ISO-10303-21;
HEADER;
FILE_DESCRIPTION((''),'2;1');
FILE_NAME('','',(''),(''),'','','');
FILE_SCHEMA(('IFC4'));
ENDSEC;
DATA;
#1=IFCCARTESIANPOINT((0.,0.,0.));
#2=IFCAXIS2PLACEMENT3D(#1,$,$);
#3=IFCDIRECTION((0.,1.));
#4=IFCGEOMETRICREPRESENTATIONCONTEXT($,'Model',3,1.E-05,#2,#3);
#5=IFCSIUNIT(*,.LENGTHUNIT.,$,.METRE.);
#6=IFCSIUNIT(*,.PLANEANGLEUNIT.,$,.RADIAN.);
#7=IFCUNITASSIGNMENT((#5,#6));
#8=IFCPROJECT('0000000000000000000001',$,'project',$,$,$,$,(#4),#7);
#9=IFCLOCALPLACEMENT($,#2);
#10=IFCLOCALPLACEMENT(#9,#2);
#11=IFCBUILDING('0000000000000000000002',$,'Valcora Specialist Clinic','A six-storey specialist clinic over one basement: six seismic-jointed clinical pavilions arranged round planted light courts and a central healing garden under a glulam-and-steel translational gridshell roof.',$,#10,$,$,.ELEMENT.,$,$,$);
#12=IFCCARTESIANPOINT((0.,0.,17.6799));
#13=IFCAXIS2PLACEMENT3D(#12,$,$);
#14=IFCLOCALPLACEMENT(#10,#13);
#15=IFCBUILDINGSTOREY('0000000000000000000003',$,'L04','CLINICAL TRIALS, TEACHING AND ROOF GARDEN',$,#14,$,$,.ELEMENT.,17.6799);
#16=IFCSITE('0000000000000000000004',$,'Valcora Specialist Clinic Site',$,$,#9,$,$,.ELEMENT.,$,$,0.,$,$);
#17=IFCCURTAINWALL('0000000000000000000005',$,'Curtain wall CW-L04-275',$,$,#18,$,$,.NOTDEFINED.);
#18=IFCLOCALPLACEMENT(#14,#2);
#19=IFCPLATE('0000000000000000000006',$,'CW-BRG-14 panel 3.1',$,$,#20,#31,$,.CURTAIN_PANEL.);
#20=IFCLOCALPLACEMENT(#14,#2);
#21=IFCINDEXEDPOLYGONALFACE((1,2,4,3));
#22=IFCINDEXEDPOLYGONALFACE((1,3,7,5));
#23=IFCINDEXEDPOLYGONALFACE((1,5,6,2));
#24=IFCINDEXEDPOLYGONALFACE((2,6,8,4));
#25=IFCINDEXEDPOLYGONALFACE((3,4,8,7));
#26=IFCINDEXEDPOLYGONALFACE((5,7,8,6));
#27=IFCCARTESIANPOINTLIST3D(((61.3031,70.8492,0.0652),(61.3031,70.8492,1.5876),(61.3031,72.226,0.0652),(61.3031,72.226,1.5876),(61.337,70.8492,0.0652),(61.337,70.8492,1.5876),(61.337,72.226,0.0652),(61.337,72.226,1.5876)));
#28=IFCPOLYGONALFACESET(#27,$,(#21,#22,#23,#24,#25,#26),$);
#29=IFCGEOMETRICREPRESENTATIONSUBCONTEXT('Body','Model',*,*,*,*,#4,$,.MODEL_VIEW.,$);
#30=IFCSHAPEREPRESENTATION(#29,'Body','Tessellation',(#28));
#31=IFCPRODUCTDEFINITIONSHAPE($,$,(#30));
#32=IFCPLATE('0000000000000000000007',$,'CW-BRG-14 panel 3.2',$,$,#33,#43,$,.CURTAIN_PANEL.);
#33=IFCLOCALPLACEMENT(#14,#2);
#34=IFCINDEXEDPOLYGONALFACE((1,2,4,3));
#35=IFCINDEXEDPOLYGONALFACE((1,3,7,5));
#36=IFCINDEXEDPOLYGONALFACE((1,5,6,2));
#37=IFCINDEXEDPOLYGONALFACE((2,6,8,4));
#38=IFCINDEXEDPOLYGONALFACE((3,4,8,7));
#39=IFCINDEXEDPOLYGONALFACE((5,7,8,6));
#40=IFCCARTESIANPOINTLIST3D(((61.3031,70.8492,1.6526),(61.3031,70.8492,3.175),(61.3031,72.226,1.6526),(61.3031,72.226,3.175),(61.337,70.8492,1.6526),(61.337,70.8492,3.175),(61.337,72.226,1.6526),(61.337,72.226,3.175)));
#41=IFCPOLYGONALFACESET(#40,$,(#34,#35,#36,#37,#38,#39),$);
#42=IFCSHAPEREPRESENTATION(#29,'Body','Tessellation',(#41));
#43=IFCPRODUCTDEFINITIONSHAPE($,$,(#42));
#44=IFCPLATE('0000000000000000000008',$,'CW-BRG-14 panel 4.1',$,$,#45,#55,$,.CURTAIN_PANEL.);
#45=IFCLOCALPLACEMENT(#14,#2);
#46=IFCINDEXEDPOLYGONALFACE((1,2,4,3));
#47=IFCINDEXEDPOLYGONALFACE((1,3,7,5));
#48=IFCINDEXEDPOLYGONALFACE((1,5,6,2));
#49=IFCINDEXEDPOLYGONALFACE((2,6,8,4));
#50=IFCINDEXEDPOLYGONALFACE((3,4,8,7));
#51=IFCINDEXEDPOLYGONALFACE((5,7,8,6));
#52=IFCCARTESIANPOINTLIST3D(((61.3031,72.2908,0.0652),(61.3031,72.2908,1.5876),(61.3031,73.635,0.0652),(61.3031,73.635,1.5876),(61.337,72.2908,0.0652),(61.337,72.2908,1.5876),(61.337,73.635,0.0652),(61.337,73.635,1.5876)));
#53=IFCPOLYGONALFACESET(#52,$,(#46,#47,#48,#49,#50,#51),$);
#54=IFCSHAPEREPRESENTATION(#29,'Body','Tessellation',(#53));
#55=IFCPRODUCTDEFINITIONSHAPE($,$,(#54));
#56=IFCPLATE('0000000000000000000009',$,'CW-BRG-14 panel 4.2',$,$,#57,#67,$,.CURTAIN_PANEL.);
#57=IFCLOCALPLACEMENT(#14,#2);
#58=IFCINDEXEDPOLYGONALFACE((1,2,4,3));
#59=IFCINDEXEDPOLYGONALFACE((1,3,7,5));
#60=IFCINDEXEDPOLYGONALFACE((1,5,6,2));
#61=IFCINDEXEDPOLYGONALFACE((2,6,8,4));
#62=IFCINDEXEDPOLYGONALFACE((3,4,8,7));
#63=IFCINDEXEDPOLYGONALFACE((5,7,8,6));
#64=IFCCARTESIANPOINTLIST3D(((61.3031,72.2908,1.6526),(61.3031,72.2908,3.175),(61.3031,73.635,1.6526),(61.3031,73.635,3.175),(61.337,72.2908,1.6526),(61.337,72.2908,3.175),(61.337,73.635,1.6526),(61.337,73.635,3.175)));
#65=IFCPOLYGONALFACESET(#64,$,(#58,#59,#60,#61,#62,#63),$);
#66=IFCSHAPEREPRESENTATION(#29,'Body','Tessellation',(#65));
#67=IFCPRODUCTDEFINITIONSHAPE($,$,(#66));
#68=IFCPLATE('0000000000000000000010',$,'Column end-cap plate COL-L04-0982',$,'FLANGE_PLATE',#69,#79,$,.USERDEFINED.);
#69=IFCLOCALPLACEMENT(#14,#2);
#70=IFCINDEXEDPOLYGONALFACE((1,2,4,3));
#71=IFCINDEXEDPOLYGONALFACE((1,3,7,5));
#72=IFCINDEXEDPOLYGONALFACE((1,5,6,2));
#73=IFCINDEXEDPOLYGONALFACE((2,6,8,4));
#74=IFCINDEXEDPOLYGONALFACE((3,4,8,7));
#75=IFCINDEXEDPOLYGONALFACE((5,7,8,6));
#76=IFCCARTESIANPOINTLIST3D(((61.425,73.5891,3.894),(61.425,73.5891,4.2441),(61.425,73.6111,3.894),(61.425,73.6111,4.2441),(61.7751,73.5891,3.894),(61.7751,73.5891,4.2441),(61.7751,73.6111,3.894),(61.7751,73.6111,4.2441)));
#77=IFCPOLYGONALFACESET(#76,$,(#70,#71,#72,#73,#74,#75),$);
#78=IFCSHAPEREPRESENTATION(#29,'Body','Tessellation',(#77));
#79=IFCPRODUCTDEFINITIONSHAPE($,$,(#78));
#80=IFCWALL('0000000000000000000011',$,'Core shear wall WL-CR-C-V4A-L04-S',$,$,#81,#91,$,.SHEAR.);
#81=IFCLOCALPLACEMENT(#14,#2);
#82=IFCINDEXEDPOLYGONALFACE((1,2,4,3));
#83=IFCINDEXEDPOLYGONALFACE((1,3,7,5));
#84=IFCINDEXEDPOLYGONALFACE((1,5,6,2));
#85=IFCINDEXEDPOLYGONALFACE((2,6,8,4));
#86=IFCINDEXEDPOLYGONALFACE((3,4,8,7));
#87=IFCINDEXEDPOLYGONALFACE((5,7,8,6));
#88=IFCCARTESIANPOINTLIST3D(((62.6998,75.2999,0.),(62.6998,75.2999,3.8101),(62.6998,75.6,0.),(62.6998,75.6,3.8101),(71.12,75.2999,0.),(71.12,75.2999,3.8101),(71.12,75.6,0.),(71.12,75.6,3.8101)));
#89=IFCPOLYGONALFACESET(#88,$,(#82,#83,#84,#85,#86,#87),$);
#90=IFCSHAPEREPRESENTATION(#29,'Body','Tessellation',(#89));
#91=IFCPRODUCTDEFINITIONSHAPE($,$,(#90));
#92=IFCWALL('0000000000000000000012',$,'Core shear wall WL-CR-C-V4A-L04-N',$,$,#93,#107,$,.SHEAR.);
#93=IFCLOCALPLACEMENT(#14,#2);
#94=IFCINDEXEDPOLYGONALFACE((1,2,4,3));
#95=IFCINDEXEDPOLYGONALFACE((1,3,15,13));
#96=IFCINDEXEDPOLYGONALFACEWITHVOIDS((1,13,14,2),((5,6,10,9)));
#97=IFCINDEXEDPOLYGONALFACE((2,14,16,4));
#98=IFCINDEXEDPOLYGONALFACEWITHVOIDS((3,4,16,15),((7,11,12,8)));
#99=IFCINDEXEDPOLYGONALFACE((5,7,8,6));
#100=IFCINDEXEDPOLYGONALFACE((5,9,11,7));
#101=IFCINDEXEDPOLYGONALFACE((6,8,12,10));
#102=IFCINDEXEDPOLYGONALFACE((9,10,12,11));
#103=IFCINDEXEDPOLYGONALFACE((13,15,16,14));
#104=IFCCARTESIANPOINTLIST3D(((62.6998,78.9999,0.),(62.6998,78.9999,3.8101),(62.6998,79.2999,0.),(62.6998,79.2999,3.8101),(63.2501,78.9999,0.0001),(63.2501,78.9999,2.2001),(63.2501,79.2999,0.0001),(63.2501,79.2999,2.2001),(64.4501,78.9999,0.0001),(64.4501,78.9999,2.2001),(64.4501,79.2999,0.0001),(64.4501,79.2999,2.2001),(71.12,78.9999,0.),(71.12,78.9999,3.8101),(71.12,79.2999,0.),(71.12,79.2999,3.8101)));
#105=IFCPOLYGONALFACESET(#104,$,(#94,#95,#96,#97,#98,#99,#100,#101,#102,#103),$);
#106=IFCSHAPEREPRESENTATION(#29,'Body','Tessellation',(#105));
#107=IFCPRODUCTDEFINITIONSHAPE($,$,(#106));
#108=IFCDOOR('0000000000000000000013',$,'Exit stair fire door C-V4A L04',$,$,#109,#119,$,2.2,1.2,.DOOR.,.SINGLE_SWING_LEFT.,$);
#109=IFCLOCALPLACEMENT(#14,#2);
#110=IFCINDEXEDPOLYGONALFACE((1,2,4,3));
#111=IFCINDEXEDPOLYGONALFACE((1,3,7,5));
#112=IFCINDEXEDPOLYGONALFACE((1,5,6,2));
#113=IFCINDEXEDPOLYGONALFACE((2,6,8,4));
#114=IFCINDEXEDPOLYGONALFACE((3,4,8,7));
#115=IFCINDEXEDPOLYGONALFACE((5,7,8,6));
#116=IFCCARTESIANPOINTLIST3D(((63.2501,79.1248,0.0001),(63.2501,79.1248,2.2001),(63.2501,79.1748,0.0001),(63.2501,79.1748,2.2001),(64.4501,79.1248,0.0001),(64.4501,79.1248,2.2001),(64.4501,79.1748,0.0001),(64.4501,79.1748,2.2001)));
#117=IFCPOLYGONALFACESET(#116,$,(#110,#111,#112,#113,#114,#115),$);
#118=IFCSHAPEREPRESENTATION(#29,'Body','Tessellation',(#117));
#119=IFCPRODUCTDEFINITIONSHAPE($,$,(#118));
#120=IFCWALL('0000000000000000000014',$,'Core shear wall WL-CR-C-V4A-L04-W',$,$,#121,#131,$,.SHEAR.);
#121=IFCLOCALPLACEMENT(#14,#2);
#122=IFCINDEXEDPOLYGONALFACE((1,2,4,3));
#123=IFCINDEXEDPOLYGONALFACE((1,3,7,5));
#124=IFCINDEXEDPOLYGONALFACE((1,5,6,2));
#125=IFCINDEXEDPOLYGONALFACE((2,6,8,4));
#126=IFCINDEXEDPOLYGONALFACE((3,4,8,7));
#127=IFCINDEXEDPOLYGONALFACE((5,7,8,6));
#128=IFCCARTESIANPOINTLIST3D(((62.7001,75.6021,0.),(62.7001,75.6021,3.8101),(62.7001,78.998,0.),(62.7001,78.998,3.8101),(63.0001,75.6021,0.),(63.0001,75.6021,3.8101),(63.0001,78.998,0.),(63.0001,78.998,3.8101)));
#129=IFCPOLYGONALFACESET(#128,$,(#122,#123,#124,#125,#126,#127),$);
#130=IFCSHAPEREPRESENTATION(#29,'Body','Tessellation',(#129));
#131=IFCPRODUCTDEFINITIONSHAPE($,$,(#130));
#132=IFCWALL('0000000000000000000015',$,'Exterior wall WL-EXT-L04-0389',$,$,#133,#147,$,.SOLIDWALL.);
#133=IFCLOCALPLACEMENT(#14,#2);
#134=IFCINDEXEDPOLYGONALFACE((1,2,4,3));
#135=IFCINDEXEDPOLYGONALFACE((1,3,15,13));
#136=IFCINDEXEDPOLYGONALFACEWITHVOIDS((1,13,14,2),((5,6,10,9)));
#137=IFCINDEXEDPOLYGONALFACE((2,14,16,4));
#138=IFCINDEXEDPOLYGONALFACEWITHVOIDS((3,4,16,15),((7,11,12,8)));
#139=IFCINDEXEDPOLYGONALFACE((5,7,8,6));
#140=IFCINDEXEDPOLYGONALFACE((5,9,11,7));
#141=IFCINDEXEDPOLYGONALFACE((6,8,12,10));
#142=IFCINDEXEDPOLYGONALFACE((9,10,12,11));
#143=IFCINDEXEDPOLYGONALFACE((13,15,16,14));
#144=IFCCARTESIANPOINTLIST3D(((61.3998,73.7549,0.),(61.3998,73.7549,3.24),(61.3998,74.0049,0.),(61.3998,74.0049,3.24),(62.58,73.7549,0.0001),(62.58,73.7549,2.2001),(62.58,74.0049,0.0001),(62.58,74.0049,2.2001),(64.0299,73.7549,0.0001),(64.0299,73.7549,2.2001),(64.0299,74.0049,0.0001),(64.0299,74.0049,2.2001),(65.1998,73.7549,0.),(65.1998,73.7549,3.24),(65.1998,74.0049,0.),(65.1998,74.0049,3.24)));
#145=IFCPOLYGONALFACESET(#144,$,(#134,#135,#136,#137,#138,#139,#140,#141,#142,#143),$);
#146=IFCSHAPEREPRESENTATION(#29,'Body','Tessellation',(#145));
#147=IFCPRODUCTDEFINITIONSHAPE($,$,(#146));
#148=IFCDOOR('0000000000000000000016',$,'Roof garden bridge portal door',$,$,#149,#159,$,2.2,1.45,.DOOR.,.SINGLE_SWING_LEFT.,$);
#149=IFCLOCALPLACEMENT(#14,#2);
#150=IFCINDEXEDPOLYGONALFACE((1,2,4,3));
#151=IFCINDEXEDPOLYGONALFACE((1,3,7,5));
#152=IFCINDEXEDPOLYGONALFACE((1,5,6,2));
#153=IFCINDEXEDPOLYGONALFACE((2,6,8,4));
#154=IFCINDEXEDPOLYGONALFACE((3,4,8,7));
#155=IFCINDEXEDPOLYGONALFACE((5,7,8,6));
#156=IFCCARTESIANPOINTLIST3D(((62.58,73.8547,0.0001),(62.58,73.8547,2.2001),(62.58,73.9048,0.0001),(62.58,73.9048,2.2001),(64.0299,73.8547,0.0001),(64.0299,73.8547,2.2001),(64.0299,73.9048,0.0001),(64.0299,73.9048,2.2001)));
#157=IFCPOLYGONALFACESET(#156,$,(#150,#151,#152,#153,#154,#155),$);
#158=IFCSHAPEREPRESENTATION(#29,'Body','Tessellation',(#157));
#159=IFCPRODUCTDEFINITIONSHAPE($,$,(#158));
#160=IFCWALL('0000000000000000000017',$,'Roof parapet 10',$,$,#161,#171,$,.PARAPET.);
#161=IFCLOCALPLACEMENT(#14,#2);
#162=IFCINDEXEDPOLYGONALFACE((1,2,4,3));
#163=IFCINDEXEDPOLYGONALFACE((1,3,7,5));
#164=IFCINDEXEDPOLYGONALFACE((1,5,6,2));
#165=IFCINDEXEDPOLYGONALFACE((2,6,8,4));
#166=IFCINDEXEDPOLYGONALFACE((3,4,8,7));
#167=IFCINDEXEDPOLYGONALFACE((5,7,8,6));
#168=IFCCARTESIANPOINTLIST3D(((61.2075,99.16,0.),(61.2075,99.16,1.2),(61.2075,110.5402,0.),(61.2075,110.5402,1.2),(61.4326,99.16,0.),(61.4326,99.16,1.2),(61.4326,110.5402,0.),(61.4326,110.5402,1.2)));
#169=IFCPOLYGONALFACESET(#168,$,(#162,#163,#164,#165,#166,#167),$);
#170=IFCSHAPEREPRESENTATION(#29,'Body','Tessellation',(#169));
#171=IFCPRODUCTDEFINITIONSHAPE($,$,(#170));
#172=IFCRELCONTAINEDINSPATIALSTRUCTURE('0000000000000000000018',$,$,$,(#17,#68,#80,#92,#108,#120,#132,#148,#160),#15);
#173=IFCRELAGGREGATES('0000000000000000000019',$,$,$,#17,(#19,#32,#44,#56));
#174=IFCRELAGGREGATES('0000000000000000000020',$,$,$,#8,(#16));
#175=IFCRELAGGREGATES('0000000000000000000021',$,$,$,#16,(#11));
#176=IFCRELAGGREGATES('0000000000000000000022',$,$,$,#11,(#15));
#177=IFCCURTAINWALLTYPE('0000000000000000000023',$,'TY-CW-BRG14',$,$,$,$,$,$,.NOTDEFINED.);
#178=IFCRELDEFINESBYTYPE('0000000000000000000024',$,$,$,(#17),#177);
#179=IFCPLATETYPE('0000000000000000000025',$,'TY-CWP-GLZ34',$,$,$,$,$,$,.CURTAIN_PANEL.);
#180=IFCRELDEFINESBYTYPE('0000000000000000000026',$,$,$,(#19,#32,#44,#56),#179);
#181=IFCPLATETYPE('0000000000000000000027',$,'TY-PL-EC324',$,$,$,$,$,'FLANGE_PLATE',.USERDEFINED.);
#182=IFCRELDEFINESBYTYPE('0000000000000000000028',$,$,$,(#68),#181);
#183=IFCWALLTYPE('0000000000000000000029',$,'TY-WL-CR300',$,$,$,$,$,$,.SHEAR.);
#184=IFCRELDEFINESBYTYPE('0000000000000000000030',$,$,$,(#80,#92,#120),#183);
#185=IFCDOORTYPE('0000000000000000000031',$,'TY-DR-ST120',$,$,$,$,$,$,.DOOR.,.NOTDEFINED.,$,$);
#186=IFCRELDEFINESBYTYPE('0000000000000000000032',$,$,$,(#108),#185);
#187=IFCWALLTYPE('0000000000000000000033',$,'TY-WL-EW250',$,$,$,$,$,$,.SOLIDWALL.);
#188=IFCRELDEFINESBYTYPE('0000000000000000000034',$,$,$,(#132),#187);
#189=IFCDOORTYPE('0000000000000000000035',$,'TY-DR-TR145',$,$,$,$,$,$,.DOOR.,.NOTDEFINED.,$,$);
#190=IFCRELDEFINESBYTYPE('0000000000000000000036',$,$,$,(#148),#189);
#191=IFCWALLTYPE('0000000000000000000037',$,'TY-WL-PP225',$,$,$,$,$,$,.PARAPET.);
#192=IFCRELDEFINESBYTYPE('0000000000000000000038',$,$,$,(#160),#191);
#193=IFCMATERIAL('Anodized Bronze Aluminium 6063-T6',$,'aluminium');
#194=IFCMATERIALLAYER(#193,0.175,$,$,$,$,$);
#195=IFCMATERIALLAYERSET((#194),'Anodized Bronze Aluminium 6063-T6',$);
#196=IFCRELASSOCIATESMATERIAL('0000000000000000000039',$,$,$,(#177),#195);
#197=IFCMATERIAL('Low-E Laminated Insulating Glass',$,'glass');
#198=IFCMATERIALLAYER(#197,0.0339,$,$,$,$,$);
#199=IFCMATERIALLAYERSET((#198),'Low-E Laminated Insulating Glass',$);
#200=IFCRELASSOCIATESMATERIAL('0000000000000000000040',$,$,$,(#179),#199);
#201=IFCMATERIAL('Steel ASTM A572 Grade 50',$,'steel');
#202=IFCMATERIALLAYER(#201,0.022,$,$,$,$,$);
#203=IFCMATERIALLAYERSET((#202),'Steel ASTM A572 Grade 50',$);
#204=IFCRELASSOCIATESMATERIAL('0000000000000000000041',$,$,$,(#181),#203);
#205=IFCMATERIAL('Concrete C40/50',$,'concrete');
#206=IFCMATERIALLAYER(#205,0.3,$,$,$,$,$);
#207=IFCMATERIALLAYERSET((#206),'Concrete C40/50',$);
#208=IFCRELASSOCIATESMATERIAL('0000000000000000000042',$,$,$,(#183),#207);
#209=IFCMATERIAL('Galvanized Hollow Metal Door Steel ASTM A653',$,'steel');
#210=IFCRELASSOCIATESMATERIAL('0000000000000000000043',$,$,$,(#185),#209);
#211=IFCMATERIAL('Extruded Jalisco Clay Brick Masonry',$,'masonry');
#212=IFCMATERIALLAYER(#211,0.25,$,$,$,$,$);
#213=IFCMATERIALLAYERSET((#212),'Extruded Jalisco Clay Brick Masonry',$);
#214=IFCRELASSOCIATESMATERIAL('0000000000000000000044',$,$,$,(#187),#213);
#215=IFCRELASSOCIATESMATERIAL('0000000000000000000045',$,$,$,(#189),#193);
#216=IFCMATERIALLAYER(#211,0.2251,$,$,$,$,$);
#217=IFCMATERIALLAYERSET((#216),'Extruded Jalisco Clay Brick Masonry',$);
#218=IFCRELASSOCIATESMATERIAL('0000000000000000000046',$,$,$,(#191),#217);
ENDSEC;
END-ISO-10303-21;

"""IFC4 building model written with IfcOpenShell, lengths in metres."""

from ifc_helpers import new_model, si_unit, direction, frame, frame_2d, origin, origin_2d, place, context, subcontext, project, spatial, rectangle, extrude, material, layer, layer_set, type_object, element, fill, aggregate, save


model = new_model("IFC4")

# Units and contexts
model_context = context("Model", 3, precision=1e-05, world=origin(), true_north=direction((0.0, 1.0)))
body_context = subcontext(model_context, "Body", "Model", "MODEL_VIEW")
ifc_project = project(units=[si_unit("LENGTHUNIT", "METRE"), si_unit("PLANEANGLEUNIT", "RADIAN")], contexts=[model_context])

# Site, building, storey
site_placement = place(None, origin())
site = spatial("IfcSite", under=ifc_project, at=site_placement, Name="Valcora Specialist Clinic Site", CompositionType="ELEMENT", RefElevation=0.0)
building_placement = place(site_placement, origin())
building = spatial("IfcBuilding", under=site, at=building_placement, Name="Valcora Specialist Clinic", Description="A six-storey specialist clinic over one basement: six seismic-jointed clinical pavilions arranged round planted light courts and a central healing garden under a glulam-and-steel translational gridshell roof.", CompositionType="ELEMENT")
storey_placement = place(building_placement, frame((0.0, 0.0, 17.6799)))
storey = spatial("IfcBuildingStorey", under=building, at=storey_placement, Name="L04", Description="CLINICAL TRIALS, TEACHING AND ROOF GARDEN", CompositionType="ELEMENT", Elevation=17.6799)

# Curtain wall, plates
ifc_material_1 = material(Name="Anodized Bronze Aluminium 6063-T6", Category="aluminium")
ifc_layer_1 = layer(ifc_material_1, 0.175)
ifc_layer_set_1 = layer_set([ifc_layer_1], Name="Anodized Bronze Aluminium 6063-T6")
curtain_wall_type = type_object("IfcCurtainWallType", Name="TY-CW-BRG14", PredefinedType="NOTDEFINED", material=ifc_layer_set_1)
curtain_wall_placement = place(storey_placement, origin())
curtain_wall = element("IfcCurtainWall", 1, at=curtain_wall_placement, inside=storey, type_object=curtain_wall_type, Name="Curtain wall CW-L04-275", PredefinedType="NOTDEFINED")
ifc_material_2 = material(Name="Low-E Laminated Insulating Glass", Category="glass")
ifc_layer_2 = layer(ifc_material_2, 0.0339)
ifc_layer_set_2 = layer_set([ifc_layer_2], Name="Low-E Laminated Insulating Glass")
plate_type_1 = type_object("IfcPlateType", Name="TY-CWP-GLZ34", PredefinedType="CURTAIN_PANEL", material=ifc_layer_set_2)
plate_1_placement = place(storey_placement, frame((61.3201, 71.5376, 0.0652), z_axis=(0.0, 0.0, 1.0), x_axis=(0.0, 1.0, 0.0)))
plate_1 = element("IfcPlate", 2, at=plate_1_placement, type_object=plate_type_1, Name="CW-BRG-14 panel 3.1", PredefinedType="CURTAIN_PANEL", context=body_context, shape_type="SweptSolid", body=[
    extrude(rectangle(XDim=1.3767, YDim=0.0339, at=origin_2d()), origin(), (0.0, 0.0, 1.0), 1.5225),
])
plate_2_placement = place(storey_placement, frame((61.3201, 71.5376, 1.6526), z_axis=(0.0, 0.0, 1.0), x_axis=(0.0, 1.0, 0.0)))
plate_2 = element("IfcPlate", 3, at=plate_2_placement, type_object=plate_type_1, Name="CW-BRG-14 panel 3.2", PredefinedType="CURTAIN_PANEL", context=body_context, shape_type="SweptSolid", body=[
    extrude(rectangle(XDim=1.3767, YDim=0.0339, at=origin_2d()), origin(), (0.0, 0.0, 1.0), 1.5225),
])
plate_3_placement = place(storey_placement, frame((61.3201, 72.9629, 0.0652), z_axis=(0.0, 0.0, 1.0), x_axis=(0.0, 1.0, 0.0)))
plate_3 = element("IfcPlate", 4, at=plate_3_placement, type_object=plate_type_1, Name="CW-BRG-14 panel 4.1", PredefinedType="CURTAIN_PANEL", context=body_context, shape_type="SweptSolid", body=[
    extrude(rectangle(XDim=1.3442, YDim=0.0339, at=origin_2d()), origin(), (0.0, 0.0, 1.0), 1.5225),
])
plate_4_placement = place(storey_placement, frame((61.3201, 72.9629, 1.6526), z_axis=(0.0, 0.0, 1.0), x_axis=(0.0, 1.0, 0.0)))
plate_4 = element("IfcPlate", 5, at=plate_4_placement, type_object=plate_type_1, Name="CW-BRG-14 panel 4.2", PredefinedType="CURTAIN_PANEL", context=body_context, shape_type="SweptSolid", body=[
    extrude(rectangle(XDim=1.3442, YDim=0.0339, at=origin_2d()), origin(), (0.0, 0.0, 1.0), 1.5225),
])
aggregate(curtain_wall, [plate_1, plate_2, plate_3, plate_4])

# Plate
ifc_material_3 = material(Name="Steel ASTM A572 Grade 50", Category="steel")
ifc_layer_3 = layer(ifc_material_3, 0.022)
ifc_layer_set_3 = layer_set([ifc_layer_3], Name="Steel ASTM A572 Grade 50")
plate_type_2 = type_object("IfcPlateType", Name="TY-PL-EC324", ElementType="FLANGE_PLATE", PredefinedType="USERDEFINED", material=ifc_layer_set_3)
plate_5_placement = place(storey_placement, frame((61.6001, 73.6001, 3.894), z_axis=(0.0, 0.0, 1.0), x_axis=(1.0, 0.0, 0.0)))
element("IfcPlate", 6, at=plate_5_placement, inside=storey, type_object=plate_type_2, Name="Column end-cap plate COL-L04-0982", ObjectType="FLANGE_PLATE", PredefinedType="USERDEFINED", context=body_context, shape_type="SweptSolid", body=[
    extrude(rectangle(XDim=0.3501, YDim=0.022, at=origin_2d()), origin(), (0.0, 0.0, 1.0), 0.3501),
])

# Wall
ifc_material_4 = material(Name="Concrete C40/50", Category="concrete")
ifc_layer_4 = layer(ifc_material_4, 0.3)
ifc_layer_set_4 = layer_set([ifc_layer_4], Name="Concrete C40/50")
wall_type_1 = type_object("IfcWallType", Name="TY-WL-CR300", PredefinedType="SHEAR", material=ifc_layer_set_4)
wall_1_placement = place(storey_placement, frame((62.7, 75.45, 0.0), z_axis=(0.0, 0.0, 1.0), x_axis=(1.0, 0.0, 0.0)))
element("IfcWall", 7, at=wall_1_placement, inside=storey, type_object=wall_type_1, Name="Core shear wall WL-CR-C-V4A-L04-S", PredefinedType="SHEAR", context=body_context, shape_type="SweptSolid", body=[
    extrude(rectangle(XDim=8.4202, YDim=0.3, at=frame_2d((4.21, 0.0))), origin(), (0.0, 0.0, 1.0), 3.8101),
])

# Wall, opening, door
wall_2_placement = place(storey_placement, frame((62.7, 79.1499, 0.0), z_axis=(0.0, 0.0, 1.0), x_axis=(1.0, 0.0, 0.0)))
wall_2 = element("IfcWall", 8, at=wall_2_placement, inside=storey, type_object=wall_type_1, Name="Core shear wall WL-CR-C-V4A-L04-N", PredefinedType="SHEAR", context=body_context, shape_type="SweptSolid", body=[
    extrude(rectangle(XDim=8.4202, YDim=0.3, at=frame_2d((4.21, 0.0))), origin(), (0.0, 0.0, 1.0), 3.8101),
])
opening_1_placement = place(wall_2_placement, frame((0.55, 0.0, 0.0)))
opening_1 = element("IfcOpeningElement", 9, at=opening_1_placement, cuts=wall_2, PredefinedType="OPENING", context=body_context, shape_type="SweptSolid", body=[
    extrude(rectangle(XDim=1.2, YDim=2.2, at=frame_2d((0.6001, 1.1001))), frame((0.0, 0.1599, 0.0), z_axis=(0.0, -1.0, 0.0), x_axis=(1.0, 0.0, 0.0)), (0.0, 0.0, 1.0), 0.3201),
])
ifc_material_5 = material(Name="Galvanized Hollow Metal Door Steel ASTM A653", Category="steel")
door_type_1 = type_object("IfcDoorType", Name="TY-DR-ST120", OperationType="NOTDEFINED", PredefinedType="DOOR", material=ifc_material_5)
door_1_placement = place(opening_1_placement, origin())
door_1 = element("IfcDoor", 10, at=door_1_placement, inside=storey, type_object=door_type_1, Name="Exit stair fire door C-V4A L04", OperationType="SINGLE_SWING_LEFT", OverallHeight=2.2, OverallWidth=1.2, PredefinedType="DOOR", context=body_context, shape_type="SweptSolid", body=[
    extrude(rectangle(XDim=1.2, YDim=2.2, at=frame_2d((0.6001, 1.1001))), frame((0.0, 0.0249, 0.0), z_axis=(0.0, -1.0, 0.0), x_axis=(1.0, 0.0, 0.0)), (0.0, 0.0, 1.0), 0.05),
])
fill(opening_1, door_1)

# Wall
wall_3_placement = place(storey_placement, frame((62.8501, 75.6021, 0.0), z_axis=(0.0, 0.0, 1.0), x_axis=(0.0, 1.0, 0.0)))
element("IfcWall", 11, at=wall_3_placement, inside=storey, type_object=wall_type_1, Name="Core shear wall WL-CR-C-V4A-L04-W", PredefinedType="SHEAR", context=body_context, shape_type="SweptSolid", body=[
    extrude(rectangle(XDim=3.396, YDim=0.3, at=frame_2d((1.698, 0.0))), origin(), (0.0, 0.0, 1.0), 3.8101),
])

# Wall, opening, door
ifc_material_6 = material(Name="Extruded Jalisco Clay Brick Masonry", Category="masonry")
ifc_layer_5 = layer(ifc_material_6, 0.25)
ifc_layer_set_5 = layer_set([ifc_layer_5], Name="Extruded Jalisco Clay Brick Masonry")
wall_type_2 = type_object("IfcWallType", Name="TY-WL-EW250", PredefinedType="SOLIDWALL", material=ifc_layer_set_5)
wall_4_placement = place(storey_placement, frame((61.3999, 73.8799, 0.0), z_axis=(0.0, 0.0, 1.0), x_axis=(1.0, 0.0, 0.0)))
wall_4 = element("IfcWall", 12, at=wall_4_placement, inside=storey, type_object=wall_type_2, Name="Exterior wall WL-EXT-L04-0389", PredefinedType="SOLIDWALL", context=body_context, shape_type="SweptSolid", body=[
    extrude(rectangle(XDim=3.8, YDim=0.25, at=frame_2d((1.8999, 0.0))), origin(), (0.0, 0.0, 1.0), 3.24),
])
opening_2_placement = place(wall_4_placement, frame((1.1799, 0.0, 0.0)))
opening_2 = element("IfcOpeningElement", 13, at=opening_2_placement, cuts=wall_4, PredefinedType="OPENING", context=body_context, shape_type="SweptSolid", body=[
    extrude(rectangle(XDim=1.45, YDim=2.2, at=frame_2d((0.7251, 1.1001))), frame((0.0, 0.135, 0.0), z_axis=(0.0, -1.0, 0.0), x_axis=(1.0, 0.0, 0.0)), (0.0, 0.0, 1.0), 0.27),
])
door_type_2 = type_object("IfcDoorType", Name="TY-DR-TR145", OperationType="NOTDEFINED", PredefinedType="DOOR", material=ifc_material_1)
door_2_placement = place(opening_2_placement, origin())
door_2 = element("IfcDoor", 14, at=door_2_placement, inside=storey, type_object=door_type_2, Name="Roof garden bridge portal door", OperationType="SINGLE_SWING_LEFT", OverallHeight=2.2, OverallWidth=1.45, PredefinedType="DOOR", context=body_context, shape_type="SweptSolid", body=[
    extrude(rectangle(XDim=1.45, YDim=2.2, at=frame_2d((0.7251, 1.1001))), frame((0.0, 0.0249, 0.0), z_axis=(0.0, -1.0, 0.0), x_axis=(1.0, 0.0, 0.0)), (0.0, 0.0, 1.0), 0.05),
])
fill(opening_2, door_2)

# Wall
ifc_layer_6 = layer(ifc_material_6, 0.2251)
ifc_layer_set_6 = layer_set([ifc_layer_6], Name="Extruded Jalisco Clay Brick Masonry")
wall_type_3 = type_object("IfcWallType", Name="TY-WL-PP225", PredefinedType="PARAPET", material=ifc_layer_set_6)
wall_5_placement = place(storey_placement, frame((61.3201, 110.54, 0.0), z_axis=(0.0, 0.0, 1.0), x_axis=(0.0, -1.0, 0.0)))
element("IfcWall", 15, at=wall_5_placement, inside=storey, type_object=wall_type_3, Name="Roof parapet 10", PredefinedType="PARAPET", context=body_context, shape_type="SweptSolid", body=[
    extrude(rectangle(XDim=11.3801, YDim=0.2251, at=frame_2d((5.6899, 0.0))), origin(), (0.0, 0.0, 1.0), 1.2),
])

save(model, "model.ifc")
